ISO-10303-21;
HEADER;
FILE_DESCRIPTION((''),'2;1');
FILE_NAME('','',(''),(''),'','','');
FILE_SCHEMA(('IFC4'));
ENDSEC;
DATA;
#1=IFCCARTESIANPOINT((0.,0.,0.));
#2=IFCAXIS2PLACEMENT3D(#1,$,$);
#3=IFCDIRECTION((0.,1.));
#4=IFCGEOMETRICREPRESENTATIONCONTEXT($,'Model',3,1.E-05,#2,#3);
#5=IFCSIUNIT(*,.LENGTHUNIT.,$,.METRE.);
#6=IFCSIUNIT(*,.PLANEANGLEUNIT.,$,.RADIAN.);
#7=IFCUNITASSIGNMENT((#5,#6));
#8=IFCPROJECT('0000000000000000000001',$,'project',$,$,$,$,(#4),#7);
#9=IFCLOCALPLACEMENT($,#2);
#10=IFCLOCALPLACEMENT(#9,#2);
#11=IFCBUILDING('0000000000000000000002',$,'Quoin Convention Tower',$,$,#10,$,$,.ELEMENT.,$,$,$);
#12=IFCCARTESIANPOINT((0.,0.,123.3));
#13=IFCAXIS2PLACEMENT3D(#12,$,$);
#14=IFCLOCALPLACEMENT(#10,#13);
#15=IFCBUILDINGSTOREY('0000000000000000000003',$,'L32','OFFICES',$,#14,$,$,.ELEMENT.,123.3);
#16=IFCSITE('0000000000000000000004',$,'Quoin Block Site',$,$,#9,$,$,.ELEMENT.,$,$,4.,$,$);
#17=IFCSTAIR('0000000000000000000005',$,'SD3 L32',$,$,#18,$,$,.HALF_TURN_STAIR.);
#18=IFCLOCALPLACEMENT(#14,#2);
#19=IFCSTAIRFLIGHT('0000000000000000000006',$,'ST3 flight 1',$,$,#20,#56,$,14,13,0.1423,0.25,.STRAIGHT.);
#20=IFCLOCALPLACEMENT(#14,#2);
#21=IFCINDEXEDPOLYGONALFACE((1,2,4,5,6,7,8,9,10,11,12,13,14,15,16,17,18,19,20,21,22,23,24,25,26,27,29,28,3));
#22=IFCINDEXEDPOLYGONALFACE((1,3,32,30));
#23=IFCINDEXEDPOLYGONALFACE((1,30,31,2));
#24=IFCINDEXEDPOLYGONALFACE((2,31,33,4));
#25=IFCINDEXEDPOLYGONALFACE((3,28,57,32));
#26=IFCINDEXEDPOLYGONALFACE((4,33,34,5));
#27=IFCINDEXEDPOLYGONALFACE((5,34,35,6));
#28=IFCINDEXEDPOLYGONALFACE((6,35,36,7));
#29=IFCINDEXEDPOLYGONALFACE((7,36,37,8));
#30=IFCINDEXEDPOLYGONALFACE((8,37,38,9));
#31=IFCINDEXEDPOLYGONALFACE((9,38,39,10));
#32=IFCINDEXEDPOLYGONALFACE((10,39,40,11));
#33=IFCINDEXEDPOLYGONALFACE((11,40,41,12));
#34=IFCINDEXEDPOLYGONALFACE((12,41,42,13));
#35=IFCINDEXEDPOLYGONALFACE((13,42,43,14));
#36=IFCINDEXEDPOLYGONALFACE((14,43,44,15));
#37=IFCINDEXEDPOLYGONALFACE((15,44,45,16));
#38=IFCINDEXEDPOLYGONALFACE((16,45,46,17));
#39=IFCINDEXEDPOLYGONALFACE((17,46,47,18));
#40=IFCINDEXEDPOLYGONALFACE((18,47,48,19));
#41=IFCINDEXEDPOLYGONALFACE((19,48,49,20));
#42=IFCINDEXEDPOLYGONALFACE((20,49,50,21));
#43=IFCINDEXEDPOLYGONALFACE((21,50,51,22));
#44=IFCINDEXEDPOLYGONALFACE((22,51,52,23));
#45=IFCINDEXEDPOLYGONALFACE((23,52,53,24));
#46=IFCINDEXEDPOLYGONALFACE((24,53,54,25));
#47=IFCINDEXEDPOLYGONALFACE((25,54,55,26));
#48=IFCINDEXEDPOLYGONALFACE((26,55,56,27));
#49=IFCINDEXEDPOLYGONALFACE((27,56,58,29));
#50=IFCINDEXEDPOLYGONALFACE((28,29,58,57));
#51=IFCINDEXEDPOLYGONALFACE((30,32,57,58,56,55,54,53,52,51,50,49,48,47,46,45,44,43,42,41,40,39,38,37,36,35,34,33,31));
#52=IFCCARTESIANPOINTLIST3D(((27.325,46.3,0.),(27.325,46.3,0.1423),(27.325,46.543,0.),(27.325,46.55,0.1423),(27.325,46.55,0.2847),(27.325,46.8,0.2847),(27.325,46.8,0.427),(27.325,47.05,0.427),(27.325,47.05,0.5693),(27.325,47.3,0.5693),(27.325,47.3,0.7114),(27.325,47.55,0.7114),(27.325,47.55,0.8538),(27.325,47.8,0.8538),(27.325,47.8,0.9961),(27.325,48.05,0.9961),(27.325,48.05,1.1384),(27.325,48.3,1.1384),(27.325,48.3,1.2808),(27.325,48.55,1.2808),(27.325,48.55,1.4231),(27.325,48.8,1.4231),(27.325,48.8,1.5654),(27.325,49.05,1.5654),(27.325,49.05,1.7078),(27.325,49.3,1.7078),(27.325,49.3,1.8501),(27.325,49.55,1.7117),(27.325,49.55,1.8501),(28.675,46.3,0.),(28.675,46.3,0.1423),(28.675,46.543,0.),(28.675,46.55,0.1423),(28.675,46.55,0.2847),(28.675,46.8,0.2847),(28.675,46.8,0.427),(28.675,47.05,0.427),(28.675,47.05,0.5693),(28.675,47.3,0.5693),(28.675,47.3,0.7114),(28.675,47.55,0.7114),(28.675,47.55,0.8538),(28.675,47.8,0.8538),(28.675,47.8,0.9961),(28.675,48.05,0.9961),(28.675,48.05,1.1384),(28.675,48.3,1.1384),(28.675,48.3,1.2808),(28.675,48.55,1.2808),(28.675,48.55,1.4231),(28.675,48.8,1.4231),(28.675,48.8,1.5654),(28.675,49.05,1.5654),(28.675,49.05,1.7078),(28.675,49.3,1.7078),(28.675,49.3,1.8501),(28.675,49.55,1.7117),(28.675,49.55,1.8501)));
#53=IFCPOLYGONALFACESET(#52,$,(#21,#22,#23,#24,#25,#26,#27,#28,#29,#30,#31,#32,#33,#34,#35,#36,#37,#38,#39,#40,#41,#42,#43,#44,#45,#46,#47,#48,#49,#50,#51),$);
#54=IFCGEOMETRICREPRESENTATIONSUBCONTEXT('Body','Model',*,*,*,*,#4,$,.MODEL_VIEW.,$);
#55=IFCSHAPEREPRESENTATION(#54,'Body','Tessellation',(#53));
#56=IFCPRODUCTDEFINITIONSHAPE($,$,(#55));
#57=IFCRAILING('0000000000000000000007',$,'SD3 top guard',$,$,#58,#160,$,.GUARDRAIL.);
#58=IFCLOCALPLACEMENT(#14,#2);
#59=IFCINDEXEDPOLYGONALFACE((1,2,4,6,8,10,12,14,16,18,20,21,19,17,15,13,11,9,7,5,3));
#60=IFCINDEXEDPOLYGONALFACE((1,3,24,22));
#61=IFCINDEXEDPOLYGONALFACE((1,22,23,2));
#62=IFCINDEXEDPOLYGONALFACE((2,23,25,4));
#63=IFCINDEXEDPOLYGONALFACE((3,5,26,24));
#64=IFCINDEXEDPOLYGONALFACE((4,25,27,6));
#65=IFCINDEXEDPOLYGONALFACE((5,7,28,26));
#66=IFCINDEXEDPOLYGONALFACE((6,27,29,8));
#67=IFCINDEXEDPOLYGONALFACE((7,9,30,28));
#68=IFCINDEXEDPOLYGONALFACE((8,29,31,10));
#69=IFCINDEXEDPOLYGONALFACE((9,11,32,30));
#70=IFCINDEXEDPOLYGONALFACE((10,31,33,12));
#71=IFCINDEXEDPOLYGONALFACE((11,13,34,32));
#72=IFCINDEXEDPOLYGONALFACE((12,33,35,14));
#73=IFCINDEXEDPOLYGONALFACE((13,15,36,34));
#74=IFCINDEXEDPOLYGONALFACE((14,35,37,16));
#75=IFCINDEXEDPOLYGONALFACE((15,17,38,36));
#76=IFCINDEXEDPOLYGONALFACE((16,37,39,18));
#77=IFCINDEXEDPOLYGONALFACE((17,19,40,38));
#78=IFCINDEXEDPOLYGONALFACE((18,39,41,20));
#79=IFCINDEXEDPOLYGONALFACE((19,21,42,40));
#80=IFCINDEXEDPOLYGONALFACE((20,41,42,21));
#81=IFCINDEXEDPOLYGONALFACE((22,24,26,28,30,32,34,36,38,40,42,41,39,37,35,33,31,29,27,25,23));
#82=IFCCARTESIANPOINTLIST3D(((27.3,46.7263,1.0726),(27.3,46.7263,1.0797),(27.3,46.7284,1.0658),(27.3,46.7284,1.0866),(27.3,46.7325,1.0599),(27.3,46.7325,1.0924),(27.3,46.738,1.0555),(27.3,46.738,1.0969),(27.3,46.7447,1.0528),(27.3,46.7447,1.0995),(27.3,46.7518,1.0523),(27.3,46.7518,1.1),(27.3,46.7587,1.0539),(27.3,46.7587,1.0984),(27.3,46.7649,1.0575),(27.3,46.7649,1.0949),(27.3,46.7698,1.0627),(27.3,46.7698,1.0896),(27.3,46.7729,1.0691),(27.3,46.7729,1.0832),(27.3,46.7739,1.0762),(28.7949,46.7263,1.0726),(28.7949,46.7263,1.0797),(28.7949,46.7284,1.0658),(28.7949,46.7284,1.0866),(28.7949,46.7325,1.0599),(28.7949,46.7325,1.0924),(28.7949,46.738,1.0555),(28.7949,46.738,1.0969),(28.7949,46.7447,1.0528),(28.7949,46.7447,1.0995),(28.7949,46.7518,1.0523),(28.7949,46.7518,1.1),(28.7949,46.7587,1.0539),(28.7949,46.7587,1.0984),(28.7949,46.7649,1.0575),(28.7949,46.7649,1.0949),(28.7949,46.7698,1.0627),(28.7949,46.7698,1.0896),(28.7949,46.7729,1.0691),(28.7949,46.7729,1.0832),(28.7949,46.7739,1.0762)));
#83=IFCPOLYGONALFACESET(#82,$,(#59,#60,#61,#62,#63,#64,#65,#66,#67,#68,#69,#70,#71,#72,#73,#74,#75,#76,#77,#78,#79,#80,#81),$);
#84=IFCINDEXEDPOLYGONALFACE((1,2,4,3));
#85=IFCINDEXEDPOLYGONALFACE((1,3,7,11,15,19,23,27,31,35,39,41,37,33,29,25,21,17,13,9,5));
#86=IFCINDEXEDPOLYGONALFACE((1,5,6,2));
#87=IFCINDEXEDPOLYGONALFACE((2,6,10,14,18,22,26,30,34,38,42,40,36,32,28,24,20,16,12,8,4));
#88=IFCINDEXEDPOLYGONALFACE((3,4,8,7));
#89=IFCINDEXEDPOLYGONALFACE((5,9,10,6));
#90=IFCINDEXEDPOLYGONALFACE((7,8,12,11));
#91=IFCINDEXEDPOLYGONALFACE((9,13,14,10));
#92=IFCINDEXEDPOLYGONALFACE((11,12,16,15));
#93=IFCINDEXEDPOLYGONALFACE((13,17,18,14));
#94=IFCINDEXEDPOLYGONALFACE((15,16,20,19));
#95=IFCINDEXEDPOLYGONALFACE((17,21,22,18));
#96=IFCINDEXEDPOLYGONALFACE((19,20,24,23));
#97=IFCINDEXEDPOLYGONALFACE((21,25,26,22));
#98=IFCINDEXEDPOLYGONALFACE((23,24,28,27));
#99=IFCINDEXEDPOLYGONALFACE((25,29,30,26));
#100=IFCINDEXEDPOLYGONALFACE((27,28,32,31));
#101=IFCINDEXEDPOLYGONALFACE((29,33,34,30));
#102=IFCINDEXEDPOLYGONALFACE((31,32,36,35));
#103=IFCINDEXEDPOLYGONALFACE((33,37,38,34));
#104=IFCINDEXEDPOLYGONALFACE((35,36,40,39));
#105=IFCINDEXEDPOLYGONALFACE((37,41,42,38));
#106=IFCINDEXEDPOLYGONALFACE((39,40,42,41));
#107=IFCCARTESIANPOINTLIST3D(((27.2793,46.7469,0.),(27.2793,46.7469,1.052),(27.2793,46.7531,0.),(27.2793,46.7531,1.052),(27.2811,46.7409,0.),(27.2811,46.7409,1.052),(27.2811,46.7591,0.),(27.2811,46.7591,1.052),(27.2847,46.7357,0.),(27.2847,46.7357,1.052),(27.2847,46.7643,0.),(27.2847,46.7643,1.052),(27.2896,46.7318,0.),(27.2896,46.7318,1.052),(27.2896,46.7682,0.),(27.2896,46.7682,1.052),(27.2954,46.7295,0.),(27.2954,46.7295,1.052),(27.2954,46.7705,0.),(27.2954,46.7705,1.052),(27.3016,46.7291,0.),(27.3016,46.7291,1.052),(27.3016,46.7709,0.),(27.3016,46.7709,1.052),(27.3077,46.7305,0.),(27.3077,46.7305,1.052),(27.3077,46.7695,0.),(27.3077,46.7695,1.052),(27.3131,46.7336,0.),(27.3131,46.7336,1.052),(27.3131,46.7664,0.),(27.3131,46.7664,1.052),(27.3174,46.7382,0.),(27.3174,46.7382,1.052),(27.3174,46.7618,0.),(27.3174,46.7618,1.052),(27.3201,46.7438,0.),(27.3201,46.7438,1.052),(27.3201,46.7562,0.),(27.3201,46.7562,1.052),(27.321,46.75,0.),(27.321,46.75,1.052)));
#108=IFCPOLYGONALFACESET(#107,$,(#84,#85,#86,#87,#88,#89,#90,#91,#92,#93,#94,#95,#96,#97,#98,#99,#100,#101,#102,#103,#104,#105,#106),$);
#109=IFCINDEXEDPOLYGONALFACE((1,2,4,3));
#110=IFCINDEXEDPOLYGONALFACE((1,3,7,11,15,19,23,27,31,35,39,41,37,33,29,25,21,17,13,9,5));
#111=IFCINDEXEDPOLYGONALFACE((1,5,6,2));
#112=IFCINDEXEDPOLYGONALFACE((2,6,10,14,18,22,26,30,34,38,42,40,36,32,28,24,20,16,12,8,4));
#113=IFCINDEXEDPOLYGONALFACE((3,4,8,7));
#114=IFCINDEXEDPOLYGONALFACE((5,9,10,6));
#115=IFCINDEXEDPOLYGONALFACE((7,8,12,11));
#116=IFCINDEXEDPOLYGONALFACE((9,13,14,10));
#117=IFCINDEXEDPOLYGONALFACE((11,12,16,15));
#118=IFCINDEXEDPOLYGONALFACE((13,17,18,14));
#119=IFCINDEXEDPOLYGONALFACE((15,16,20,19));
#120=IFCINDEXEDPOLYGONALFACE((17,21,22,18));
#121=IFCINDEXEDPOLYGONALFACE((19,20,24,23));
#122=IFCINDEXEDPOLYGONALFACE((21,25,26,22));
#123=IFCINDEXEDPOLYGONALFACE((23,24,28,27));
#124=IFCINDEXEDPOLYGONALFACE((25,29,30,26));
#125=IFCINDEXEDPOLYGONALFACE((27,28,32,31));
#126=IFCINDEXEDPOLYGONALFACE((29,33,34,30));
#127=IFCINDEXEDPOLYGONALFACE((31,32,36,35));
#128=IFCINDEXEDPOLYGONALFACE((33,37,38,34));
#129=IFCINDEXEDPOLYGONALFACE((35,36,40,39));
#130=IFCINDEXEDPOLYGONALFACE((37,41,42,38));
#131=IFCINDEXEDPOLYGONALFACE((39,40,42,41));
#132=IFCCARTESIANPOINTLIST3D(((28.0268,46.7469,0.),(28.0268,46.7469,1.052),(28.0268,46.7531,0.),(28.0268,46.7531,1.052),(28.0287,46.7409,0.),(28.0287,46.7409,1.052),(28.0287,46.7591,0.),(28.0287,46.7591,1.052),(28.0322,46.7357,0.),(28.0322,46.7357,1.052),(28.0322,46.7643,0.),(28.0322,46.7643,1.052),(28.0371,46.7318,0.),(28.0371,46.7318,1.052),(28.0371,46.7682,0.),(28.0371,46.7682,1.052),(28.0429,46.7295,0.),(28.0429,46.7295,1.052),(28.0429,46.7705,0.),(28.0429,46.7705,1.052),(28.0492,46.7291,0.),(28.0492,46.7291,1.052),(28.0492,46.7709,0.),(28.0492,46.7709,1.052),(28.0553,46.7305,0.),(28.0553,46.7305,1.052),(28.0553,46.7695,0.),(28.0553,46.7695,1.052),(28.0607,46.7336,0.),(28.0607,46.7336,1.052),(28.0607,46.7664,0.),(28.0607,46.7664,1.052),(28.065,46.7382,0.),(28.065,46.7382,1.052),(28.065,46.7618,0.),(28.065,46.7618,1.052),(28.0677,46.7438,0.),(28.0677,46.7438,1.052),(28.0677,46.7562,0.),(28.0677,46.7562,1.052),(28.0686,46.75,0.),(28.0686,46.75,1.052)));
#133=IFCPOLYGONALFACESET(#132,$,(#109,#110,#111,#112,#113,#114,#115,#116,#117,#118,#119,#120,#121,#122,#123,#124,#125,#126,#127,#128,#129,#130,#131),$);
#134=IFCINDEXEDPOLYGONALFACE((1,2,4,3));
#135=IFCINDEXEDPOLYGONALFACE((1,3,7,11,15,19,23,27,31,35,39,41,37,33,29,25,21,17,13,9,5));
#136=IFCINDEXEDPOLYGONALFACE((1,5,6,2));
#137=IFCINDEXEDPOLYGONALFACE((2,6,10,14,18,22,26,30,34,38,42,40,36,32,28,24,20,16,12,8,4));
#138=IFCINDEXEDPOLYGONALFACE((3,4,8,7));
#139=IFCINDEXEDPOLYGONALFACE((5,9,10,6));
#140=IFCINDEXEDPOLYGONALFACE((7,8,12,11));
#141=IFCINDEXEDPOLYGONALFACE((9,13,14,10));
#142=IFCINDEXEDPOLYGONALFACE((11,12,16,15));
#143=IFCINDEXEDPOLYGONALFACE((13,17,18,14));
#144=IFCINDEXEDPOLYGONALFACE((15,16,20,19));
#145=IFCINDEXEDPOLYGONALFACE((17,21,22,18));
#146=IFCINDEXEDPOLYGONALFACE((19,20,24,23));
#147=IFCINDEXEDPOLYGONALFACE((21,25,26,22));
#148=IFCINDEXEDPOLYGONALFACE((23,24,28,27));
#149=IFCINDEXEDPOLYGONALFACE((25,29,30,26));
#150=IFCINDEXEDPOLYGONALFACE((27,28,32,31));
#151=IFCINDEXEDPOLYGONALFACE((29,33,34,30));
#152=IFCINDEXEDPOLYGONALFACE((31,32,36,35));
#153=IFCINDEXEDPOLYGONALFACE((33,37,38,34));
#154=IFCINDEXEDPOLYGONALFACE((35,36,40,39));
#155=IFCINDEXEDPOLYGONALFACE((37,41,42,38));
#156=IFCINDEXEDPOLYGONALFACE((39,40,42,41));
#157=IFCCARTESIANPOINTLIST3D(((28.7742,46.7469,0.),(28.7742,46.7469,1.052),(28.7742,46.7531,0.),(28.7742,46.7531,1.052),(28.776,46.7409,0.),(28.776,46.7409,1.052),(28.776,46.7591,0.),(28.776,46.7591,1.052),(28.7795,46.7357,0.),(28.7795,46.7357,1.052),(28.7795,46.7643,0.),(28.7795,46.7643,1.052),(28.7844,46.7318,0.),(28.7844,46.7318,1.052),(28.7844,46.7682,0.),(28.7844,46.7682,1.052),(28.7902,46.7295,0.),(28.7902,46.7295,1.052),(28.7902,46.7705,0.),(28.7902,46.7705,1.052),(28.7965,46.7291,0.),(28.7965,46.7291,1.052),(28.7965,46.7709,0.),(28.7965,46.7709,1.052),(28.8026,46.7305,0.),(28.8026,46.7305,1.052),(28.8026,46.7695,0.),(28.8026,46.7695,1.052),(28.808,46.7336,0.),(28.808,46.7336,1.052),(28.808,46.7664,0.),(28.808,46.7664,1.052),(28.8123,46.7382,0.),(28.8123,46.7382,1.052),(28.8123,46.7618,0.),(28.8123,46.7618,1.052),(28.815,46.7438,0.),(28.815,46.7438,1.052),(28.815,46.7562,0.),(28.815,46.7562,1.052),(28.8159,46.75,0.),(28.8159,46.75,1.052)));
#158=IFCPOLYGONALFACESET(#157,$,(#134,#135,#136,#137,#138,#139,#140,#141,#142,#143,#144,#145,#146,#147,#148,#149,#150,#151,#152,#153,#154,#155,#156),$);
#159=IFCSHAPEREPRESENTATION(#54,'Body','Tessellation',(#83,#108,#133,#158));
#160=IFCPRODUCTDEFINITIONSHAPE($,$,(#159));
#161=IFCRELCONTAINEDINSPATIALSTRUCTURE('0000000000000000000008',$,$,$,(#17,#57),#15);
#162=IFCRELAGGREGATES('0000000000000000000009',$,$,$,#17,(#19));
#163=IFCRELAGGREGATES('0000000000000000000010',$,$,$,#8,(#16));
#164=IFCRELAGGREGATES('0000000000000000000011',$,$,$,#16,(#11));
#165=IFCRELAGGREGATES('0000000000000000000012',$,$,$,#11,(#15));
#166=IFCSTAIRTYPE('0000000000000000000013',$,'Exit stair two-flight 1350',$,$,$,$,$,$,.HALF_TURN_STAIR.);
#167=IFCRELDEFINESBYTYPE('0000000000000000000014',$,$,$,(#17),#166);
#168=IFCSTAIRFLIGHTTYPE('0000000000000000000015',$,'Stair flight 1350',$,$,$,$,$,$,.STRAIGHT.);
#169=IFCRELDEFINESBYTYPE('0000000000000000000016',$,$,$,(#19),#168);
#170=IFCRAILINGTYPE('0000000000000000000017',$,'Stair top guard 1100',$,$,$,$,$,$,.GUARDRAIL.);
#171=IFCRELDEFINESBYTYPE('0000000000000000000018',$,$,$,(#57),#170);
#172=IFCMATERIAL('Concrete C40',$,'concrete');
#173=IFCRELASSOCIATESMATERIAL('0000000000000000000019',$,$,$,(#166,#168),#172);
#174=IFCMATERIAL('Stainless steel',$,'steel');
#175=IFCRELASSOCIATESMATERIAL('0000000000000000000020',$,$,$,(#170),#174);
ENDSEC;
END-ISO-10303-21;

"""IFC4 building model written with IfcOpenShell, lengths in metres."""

from ifc_helpers import new_model, si_unit, direction, frame, origin, origin_2d, place, context, subcontext, project, spatial, polyline, circle, outline, extrude, material, type_object, element, aggregate, save


model = new_model("IFC4")

# Units and contexts
model_context = context("Model", 3, precision=1e-05, world=origin(), true_north=direction((0.0, 1.0)))
body_context = subcontext(model_context, "Body", "Model", "MODEL_VIEW")
ifc_project = project(units=[si_unit("LENGTHUNIT", "METRE"), si_unit("PLANEANGLEUNIT", "RADIAN")], contexts=[model_context])

# Site, building, storey
site_placement = place(None, origin())
site = spatial("IfcSite", under=ifc_project, at=site_placement, Name="Quoin Block Site", CompositionType="ELEMENT", RefElevation=4.0)
building_placement = place(site_placement, origin())
building = spatial("IfcBuilding", under=site, at=building_placement, Name="Quoin Convention Tower", CompositionType="ELEMENT")
storey_placement = place(building_placement, frame((0.0, 0.0, 123.3)))
storey = spatial("IfcBuildingStorey", under=building, at=storey_placement, Name="L32", Description="OFFICES", CompositionType="ELEMENT", Elevation=123.3)

# Stair, stair flight
ifc_material_1 = material(Name="Concrete C40", Category="concrete")
stair_type = type_object("IfcStairType", Name="Exit stair two-flight 1350", PredefinedType="HALF_TURN_STAIR", material=ifc_material_1)
stair_placement = place(storey_placement, origin())
stair = element("IfcStair", 1, at=stair_placement, inside=storey, type_object=stair_type, Name="SD3 L32", PredefinedType="HALF_TURN_STAIR")
stair_flight_type = type_object("IfcStairFlightType", Name="Stair flight 1350", PredefinedType="STRAIGHT", material=ifc_material_1)
stair_flight_placement = place(storey_placement, frame((28.0, 46.3, 0.0), z_axis=(0.0, 0.0, 1.0), x_axis=(0.0, 1.0, 0.0)))
stair_flight = element("IfcStairFlight", 2, at=stair_flight_placement, type_object=stair_flight_type, Name="ST3 flight 1", NumberOfRisers=14, NumberOfTreads=13, PredefinedType="STRAIGHT", RiserHeight=0.1423, TreadLength=0.25, context=body_context, shape_type="SweptSolid", body=[
    extrude(outline(polyline([(0.0, 0.0), (0.0, 0.1423), (0.25, 0.1423), (0.25, 0.2847), (0.5, 0.2847), (0.5, 0.427), (0.75, 0.427), (0.75, 0.5693), (1.0, 0.5693), (1.0, 0.7114), (1.25, 0.7114), (1.25, 0.8538), (1.5, 0.8538), (1.5, 0.9961), (1.75, 0.9961), (1.75, 1.1384), (2.0, 1.1384), (2.0, 1.2808), (2.25, 1.2808), (2.25, 1.4231), (2.5, 1.4231), (2.5, 1.5654), (2.75, 1.5654), (2.75, 1.7078), (3.0, 1.7078), (3.0, 1.8501), (3.25, 1.8501), (3.25, 1.9922), (3.25, 1.7117), (0.2429, 0.0), (0.0, 0.0)])), frame((0.0, 0.675, 0.0), z_axis=(0.0, -1.0, 0.0), x_axis=(1.0, 0.0, 0.0)), (0.0, 0.0, 1.0), 1.3501),
])
aggregate(stair, [stair_flight])

# Railing
ifc_material_2 = material(Name="Stainless steel", Category="steel")
railing_type_1 = type_object("IfcRailingType", Name="Stair top guard 1100", PredefinedType="GUARDRAIL", material=ifc_material_2)
railing_1_placement = place(storey_placement, frame((27.3, 46.75, 0.0)))
element("IfcRailing", 3, at=railing_1_placement, inside=storey, type_object=railing_type_1, Name="SD3 top guard", PredefinedType="GUARDRAIL", context=body_context, shape_type="SweptSolid", body=[
    extrude(circle(Radius=0.0239, at=origin_2d()), frame((0.0, 0.0, 1.0762), z_axis=(1.0, 0.0, 0.0), x_axis=(0.0, 1.0, 0.0)), (0.0, 0.0, 1.0), 1.4949),
    extrude(circle(Radius=0.021, at=origin_2d()), origin(), (0.0, 0.0, 1.0), 1.052),
    extrude(circle(Radius=0.021, at=origin_2d()), frame((0.7476, 0.0, 0.0)), (0.0, 0.0, 1.0), 1.052),
    extrude(circle(Radius=0.021, at=origin_2d()), frame((1.4949, 0.0, 0.0)), (0.0, 0.0, 1.0), 1.052),
])

save(model, "model.ifc")
